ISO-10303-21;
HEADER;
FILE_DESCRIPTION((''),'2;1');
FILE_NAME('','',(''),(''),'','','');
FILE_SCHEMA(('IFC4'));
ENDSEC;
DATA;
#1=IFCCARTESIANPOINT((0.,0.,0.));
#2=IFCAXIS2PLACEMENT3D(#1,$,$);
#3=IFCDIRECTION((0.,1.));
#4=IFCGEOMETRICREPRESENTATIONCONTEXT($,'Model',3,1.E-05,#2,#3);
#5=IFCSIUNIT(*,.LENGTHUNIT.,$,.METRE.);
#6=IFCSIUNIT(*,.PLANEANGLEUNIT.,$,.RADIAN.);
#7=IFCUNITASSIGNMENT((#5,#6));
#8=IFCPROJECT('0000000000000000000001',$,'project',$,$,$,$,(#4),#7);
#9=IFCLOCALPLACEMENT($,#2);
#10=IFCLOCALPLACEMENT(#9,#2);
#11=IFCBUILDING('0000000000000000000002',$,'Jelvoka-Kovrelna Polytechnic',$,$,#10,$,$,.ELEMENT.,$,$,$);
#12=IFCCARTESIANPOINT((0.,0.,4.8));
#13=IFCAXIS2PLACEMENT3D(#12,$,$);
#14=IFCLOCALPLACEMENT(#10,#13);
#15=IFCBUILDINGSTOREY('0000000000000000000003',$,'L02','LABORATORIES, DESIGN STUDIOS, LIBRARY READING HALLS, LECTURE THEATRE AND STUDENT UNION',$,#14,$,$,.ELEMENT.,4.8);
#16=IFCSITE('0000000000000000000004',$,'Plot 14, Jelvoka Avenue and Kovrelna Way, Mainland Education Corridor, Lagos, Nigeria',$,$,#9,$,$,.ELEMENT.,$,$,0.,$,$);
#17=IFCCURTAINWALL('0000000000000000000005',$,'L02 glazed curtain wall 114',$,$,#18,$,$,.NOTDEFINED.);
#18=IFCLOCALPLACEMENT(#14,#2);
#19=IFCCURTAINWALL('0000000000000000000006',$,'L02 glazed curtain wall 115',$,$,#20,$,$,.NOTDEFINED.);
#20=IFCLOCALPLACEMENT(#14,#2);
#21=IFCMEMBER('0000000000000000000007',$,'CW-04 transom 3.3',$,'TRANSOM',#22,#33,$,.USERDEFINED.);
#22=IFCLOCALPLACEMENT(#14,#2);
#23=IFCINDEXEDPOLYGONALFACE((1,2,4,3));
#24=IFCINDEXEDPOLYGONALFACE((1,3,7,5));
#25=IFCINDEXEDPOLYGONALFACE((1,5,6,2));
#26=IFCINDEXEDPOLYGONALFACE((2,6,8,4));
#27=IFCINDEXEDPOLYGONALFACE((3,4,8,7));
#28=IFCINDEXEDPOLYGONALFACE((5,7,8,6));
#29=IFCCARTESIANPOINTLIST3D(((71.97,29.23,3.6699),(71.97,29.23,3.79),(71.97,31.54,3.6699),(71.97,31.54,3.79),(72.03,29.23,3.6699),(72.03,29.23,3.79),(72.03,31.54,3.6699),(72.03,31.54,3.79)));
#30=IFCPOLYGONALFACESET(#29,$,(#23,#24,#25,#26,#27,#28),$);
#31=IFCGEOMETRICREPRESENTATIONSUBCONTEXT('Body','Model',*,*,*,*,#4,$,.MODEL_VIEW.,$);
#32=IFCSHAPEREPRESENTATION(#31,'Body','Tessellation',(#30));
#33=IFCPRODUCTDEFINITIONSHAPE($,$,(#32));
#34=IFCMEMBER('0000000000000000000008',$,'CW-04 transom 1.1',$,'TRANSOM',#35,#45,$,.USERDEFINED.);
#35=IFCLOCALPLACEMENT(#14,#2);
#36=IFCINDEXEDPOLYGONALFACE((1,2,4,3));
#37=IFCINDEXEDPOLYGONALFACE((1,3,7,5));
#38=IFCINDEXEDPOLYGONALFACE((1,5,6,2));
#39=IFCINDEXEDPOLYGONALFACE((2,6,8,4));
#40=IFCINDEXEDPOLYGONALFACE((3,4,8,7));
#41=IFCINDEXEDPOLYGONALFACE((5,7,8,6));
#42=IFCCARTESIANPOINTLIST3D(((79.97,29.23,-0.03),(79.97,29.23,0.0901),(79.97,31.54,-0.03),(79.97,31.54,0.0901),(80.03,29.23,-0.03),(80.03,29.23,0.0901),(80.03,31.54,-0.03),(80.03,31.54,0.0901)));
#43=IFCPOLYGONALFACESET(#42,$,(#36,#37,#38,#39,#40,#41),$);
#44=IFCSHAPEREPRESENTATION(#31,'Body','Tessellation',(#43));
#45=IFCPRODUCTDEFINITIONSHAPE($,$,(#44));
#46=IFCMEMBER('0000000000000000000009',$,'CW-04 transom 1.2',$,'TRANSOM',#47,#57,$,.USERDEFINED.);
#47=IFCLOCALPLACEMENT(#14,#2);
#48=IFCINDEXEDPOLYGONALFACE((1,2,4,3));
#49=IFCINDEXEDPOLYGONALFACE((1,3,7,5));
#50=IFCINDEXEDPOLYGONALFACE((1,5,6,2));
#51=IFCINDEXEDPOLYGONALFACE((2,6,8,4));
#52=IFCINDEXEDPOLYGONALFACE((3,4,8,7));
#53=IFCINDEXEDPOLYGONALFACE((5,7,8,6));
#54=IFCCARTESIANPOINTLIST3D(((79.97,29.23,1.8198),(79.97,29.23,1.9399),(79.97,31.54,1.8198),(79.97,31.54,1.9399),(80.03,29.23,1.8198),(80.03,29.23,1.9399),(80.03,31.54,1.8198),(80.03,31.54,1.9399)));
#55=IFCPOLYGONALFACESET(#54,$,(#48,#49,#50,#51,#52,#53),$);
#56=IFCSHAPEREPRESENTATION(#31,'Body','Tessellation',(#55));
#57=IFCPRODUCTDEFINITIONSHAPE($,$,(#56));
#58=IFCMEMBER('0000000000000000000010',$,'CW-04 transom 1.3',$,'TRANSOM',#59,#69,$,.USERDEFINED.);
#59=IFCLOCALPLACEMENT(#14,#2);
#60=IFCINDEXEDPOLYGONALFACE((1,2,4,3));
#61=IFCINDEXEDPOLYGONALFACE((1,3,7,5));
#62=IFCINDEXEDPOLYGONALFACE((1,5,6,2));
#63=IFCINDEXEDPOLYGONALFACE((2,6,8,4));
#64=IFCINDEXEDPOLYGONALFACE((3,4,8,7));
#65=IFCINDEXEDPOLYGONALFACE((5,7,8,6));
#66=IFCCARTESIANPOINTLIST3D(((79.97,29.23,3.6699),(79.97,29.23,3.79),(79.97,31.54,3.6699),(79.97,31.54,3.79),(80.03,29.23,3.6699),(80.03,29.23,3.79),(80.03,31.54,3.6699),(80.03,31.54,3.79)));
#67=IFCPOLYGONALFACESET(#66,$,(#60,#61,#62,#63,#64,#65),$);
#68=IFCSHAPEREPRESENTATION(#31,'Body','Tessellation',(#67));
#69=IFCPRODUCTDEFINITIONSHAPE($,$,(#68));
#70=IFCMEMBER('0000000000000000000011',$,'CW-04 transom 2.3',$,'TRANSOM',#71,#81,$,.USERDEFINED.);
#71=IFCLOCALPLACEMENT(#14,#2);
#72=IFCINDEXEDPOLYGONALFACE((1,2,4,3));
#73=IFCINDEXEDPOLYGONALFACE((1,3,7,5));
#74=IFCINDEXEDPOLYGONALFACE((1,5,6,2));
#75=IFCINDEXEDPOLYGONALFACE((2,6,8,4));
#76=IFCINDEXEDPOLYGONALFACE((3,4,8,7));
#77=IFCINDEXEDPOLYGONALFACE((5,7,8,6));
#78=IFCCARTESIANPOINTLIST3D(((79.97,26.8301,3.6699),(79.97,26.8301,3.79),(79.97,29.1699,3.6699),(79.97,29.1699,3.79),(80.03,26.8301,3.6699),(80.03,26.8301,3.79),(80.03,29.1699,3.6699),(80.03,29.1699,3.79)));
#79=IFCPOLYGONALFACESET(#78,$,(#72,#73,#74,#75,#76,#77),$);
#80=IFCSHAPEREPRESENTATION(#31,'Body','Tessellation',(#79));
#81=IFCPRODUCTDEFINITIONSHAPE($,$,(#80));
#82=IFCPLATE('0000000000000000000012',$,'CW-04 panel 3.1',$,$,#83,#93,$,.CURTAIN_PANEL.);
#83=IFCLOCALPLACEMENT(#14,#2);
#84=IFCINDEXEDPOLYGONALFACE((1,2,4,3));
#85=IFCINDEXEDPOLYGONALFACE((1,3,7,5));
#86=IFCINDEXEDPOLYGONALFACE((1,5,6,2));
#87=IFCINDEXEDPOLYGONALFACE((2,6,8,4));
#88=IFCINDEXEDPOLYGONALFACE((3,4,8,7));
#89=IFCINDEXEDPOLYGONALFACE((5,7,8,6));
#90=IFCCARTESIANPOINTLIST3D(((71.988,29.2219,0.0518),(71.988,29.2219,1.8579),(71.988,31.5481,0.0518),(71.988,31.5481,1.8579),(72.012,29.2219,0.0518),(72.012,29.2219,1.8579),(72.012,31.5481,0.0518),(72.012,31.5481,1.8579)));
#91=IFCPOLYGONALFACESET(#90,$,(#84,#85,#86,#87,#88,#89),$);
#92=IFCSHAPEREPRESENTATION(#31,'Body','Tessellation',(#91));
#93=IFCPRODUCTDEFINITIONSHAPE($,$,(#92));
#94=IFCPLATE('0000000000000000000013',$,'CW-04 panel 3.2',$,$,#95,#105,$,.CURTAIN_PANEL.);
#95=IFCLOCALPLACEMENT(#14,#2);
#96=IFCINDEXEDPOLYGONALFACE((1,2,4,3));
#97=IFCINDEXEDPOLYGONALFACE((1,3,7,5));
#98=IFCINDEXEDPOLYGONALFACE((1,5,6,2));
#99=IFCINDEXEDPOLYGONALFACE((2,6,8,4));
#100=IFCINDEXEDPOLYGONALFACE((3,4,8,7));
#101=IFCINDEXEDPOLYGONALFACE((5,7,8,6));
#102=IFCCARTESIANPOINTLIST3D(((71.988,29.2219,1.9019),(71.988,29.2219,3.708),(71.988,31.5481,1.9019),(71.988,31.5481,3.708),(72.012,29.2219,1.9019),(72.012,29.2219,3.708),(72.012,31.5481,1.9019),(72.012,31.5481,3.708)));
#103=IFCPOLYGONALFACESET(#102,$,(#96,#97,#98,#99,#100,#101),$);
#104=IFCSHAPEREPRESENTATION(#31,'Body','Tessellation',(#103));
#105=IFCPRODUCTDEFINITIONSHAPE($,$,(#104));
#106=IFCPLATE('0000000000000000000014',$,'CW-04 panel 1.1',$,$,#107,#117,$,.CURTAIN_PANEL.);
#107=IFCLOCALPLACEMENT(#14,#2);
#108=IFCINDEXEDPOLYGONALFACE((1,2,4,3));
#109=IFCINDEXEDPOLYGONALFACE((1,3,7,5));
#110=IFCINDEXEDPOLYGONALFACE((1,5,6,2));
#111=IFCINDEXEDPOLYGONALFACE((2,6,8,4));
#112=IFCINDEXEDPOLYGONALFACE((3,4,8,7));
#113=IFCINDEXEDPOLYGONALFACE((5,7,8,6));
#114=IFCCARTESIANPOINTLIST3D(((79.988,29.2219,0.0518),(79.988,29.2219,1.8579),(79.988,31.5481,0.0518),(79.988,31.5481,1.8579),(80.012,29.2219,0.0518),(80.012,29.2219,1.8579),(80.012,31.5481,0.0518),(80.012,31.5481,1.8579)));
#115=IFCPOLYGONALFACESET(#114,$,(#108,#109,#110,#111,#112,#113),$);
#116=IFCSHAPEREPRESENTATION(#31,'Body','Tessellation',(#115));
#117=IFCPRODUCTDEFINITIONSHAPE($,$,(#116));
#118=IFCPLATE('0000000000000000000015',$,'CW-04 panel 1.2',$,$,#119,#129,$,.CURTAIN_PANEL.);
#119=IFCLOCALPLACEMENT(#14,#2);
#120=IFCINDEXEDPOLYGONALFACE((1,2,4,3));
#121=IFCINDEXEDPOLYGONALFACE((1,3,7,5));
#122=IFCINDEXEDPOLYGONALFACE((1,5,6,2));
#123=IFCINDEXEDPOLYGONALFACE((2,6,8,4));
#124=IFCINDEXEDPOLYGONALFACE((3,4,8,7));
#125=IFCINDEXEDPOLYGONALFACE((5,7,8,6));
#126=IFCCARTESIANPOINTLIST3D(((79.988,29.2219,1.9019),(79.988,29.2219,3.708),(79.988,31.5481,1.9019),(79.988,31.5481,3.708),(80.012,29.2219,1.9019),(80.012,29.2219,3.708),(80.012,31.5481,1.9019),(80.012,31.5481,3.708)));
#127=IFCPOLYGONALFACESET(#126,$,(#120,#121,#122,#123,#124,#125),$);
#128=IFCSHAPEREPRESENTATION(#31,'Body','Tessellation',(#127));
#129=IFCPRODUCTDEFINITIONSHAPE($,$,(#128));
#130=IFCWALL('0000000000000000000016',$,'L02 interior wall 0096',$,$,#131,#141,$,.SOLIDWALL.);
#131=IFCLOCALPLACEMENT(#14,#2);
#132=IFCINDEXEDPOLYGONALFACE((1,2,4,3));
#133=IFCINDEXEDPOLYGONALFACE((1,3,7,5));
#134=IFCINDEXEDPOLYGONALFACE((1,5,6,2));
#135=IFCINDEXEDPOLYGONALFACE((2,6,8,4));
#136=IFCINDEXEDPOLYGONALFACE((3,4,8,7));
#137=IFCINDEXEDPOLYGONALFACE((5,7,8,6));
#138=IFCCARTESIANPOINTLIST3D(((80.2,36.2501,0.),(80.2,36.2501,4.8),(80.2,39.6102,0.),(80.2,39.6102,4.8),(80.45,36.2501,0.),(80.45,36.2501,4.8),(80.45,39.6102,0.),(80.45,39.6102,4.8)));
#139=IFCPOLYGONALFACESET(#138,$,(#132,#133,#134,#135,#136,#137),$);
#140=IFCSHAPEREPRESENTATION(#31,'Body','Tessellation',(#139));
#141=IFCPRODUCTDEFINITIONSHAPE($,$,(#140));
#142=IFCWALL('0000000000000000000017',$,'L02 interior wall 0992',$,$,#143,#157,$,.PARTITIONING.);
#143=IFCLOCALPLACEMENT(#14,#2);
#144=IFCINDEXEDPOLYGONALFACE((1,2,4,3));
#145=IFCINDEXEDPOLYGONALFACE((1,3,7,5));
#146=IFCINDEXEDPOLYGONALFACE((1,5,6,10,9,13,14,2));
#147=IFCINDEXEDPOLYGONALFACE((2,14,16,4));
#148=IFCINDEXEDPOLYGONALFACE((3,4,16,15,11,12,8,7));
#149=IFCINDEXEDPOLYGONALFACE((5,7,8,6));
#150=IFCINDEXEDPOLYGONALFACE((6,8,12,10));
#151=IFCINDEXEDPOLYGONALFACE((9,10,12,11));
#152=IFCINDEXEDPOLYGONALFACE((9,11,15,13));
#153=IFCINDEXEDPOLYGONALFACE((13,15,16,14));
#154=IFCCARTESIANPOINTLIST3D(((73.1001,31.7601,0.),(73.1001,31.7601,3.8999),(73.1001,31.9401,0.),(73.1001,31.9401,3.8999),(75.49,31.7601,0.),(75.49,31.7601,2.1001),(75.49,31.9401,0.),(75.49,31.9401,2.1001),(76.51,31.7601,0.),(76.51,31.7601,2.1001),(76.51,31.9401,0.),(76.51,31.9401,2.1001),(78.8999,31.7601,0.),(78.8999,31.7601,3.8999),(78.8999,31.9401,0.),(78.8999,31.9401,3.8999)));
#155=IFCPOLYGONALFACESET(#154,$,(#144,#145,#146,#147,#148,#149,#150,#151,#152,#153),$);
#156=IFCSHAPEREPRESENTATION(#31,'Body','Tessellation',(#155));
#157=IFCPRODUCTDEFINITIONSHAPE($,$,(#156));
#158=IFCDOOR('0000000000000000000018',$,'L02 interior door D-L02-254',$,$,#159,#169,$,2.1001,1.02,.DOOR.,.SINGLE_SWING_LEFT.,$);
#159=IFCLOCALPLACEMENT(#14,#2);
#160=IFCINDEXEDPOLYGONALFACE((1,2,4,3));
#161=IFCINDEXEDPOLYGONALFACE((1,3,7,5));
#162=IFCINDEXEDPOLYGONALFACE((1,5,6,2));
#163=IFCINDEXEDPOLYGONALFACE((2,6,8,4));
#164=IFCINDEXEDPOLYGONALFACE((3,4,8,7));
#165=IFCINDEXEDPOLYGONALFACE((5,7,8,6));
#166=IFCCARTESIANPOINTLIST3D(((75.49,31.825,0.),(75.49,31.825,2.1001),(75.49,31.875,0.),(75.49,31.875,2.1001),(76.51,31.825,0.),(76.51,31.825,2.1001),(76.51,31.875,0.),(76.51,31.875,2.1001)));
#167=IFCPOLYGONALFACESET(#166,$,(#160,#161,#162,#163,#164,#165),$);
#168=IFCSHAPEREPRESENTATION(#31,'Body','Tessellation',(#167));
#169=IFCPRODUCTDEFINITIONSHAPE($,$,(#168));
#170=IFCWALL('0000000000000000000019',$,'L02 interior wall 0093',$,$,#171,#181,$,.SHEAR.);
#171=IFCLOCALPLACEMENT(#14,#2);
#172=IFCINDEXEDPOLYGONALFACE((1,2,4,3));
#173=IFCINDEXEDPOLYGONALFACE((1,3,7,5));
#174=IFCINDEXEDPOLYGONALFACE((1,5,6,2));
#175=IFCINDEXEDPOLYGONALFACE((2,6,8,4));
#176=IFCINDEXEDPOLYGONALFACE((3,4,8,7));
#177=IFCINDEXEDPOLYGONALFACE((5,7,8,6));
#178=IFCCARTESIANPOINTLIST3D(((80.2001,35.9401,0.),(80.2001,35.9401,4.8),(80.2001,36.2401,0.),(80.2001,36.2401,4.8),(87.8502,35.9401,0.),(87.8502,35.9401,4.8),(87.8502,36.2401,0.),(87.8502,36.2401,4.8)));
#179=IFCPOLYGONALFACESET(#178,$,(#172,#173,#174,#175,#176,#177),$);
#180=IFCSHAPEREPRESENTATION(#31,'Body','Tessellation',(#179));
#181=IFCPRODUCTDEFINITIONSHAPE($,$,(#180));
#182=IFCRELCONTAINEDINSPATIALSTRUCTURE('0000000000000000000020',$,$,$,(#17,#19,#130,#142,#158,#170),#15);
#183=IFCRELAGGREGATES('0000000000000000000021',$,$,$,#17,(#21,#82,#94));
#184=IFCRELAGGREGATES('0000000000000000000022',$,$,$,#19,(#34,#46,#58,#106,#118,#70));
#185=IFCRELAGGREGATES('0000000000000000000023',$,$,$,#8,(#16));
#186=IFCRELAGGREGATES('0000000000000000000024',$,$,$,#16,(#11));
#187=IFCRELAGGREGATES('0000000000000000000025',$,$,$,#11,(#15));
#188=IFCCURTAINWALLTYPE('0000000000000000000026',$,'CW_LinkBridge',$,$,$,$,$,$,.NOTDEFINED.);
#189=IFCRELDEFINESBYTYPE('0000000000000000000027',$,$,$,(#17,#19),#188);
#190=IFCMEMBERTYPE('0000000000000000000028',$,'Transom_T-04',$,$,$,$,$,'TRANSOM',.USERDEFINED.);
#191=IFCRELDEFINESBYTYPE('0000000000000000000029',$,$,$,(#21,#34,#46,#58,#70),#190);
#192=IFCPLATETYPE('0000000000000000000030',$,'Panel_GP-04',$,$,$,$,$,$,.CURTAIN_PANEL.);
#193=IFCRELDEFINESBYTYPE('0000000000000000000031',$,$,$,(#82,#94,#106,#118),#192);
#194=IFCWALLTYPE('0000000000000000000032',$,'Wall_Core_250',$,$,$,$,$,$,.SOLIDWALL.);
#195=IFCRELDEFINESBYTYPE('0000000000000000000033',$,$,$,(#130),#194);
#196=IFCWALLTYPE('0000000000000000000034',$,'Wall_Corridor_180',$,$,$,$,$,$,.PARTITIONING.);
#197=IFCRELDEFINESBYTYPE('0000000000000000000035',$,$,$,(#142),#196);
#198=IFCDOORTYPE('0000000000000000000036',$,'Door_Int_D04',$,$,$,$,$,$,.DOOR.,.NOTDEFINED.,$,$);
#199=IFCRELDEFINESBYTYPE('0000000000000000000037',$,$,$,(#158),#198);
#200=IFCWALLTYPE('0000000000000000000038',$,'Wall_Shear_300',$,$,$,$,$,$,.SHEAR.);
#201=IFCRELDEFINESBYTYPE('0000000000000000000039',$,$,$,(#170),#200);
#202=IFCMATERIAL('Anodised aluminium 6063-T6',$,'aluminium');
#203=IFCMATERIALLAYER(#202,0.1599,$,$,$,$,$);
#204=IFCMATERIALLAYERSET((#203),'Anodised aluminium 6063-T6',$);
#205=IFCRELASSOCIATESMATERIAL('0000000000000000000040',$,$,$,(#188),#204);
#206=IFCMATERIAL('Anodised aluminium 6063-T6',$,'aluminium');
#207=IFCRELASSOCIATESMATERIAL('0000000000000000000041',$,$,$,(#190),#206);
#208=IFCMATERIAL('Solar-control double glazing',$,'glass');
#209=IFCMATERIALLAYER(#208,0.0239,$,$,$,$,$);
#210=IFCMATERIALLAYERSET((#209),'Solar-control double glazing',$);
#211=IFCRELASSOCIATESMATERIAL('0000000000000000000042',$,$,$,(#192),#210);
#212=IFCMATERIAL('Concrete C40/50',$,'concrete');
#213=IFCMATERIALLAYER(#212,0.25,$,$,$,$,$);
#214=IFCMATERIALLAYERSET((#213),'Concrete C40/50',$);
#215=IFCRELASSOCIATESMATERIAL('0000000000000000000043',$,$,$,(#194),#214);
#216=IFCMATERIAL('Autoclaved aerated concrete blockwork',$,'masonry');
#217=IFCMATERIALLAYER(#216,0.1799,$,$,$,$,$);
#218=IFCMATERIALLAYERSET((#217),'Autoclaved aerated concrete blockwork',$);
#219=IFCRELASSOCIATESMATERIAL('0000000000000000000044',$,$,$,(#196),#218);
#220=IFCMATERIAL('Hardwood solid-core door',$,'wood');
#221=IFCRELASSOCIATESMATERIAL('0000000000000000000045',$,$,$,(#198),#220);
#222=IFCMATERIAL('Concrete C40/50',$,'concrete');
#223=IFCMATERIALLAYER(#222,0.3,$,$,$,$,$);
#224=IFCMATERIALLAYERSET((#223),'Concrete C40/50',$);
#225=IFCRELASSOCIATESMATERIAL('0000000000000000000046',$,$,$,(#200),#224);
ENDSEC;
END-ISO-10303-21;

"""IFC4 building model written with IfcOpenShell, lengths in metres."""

from ifc_helpers import new_model, si_unit, direction, frame, frame_2d, origin, origin_2d, place, context, subcontext, project, spatial, rectangle, extrude, material, layer, layer_set, material_profile, profile_set, type_object, element, fill, aggregate, save


model = new_model("IFC4")

# Units and contexts
model_context = context("Model", 3, precision=1e-05, world=origin(), true_north=direction((0.0, 1.0)))
body_context = subcontext(model_context, "Body", "Model", "MODEL_VIEW")
ifc_project = project(units=[si_unit("LENGTHUNIT", "METRE"), si_unit("PLANEANGLEUNIT", "RADIAN")], contexts=[model_context])

# Site, building, storey
site_placement = place(None, origin())
site = spatial("IfcSite", under=ifc_project, at=site_placement, Name="Plot 14, Jelvoka Avenue and Kovrelna Way, Mainland Education Corridor, Lagos, Nigeria", CompositionType="ELEMENT", RefElevation=0.0)
building_placement = place(site_placement, origin())
building = spatial("IfcBuilding", under=site, at=building_placement, Name="Jelvoka-Kovrelna Polytechnic", CompositionType="ELEMENT")
storey_placement = place(building_placement, frame((0.0, 0.0, 4.8)))
storey = spatial("IfcBuildingStorey", under=building, at=storey_placement, Name="L02", Description="LABORATORIES, DESIGN STUDIOS, LIBRARY READING HALLS, LECTURE THEATRE AND STUDENT UNION", CompositionType="ELEMENT", Elevation=4.8)

# Curtain walls
ifc_material_1 = material(Name="Anodised aluminium 6063-T6", Category="aluminium")
ifc_layer_1 = layer(ifc_material_1, 0.1599)
ifc_layer_set_1 = layer_set([ifc_layer_1], Name="Anodised aluminium 6063-T6")
curtain_wall_type = type_object("IfcCurtainWallType", Name="CW_LinkBridge", PredefinedType="NOTDEFINED", material=ifc_layer_set_1)
curtain_wall_1_placement = place(storey_placement, origin())
curtain_wall_1 = element("IfcCurtainWall", 1, at=curtain_wall_1_placement, inside=storey, type_object=curtain_wall_type, Name="L02 glazed curtain wall 114", PredefinedType="NOTDEFINED")
curtain_wall_2_placement = place(storey_placement, origin())
curtain_wall_2 = element("IfcCurtainWall", 2, at=curtain_wall_2_placement, inside=storey, type_object=curtain_wall_type, Name="L02 glazed curtain wall 115", PredefinedType="NOTDEFINED")

# Members
ifc_material_2 = material(Name="Anodised aluminium 6063-T6", Category="aluminium")
ifc_material_profile_1 = material_profile(ifc_material_2, rectangle(XDim=0.0601, YDim=0.1201, at=origin_2d()), Name="ALU 60x120")
ifc_profile_set_1 = profile_set([ifc_material_profile_1], Name="Anodised aluminium 6063-T6")
member_type_1 = type_object("IfcMemberType", Name="Transom_T-04", ElementType="TRANSOM", PredefinedType="USERDEFINED", material=ifc_profile_set_1)
member_1_placement = place(storey_placement, frame((72.0, 29.23, 3.73), z_axis=(0.0, 1.0, 0.0), x_axis=(-1.0, 0.0, 0.0)))
member_1 = element("IfcMember", 3, at=member_1_placement, type_object=member_type_1, Name="CW-04 transom 3.3", ObjectType="TRANSOM", PredefinedType="USERDEFINED", context=body_context, shape_type="SweptSolid", body=[
    extrude(rectangle(XDim=0.0601, YDim=0.1201, at=origin_2d()), origin(), (0.0, 0.0, 1.0), 2.3101),
])
member_2_placement = place(storey_placement, frame((80.0, 31.54, 0.03), z_axis=(0.0, -1.0, 0.0), x_axis=(1.0, 0.0, 0.0)))
member_2 = element("IfcMember", 4, at=member_2_placement, type_object=member_type_1, Name="CW-04 transom 1.1", ObjectType="TRANSOM", PredefinedType="USERDEFINED", context=body_context, shape_type="SweptSolid", body=[
    extrude(rectangle(XDim=0.0601, YDim=0.1201, at=origin_2d()), origin(), (0.0, 0.0, 1.0), 2.3101),
])
member_3_placement = place(storey_placement, frame((80.0, 31.54, 1.8799), z_axis=(0.0, -1.0, 0.0), x_axis=(1.0, 0.0, 0.0)))
member_3 = element("IfcMember", 5, at=member_3_placement, type_object=member_type_1, Name="CW-04 transom 1.2", ObjectType="TRANSOM", PredefinedType="USERDEFINED", context=body_context, shape_type="SweptSolid", body=[
    extrude(rectangle(XDim=0.0601, YDim=0.1201, at=origin_2d()), origin(), (0.0, 0.0, 1.0), 2.3101),
])
member_4_placement = place(storey_placement, frame((80.0, 31.54, 3.73), z_axis=(0.0, -1.0, 0.0), x_axis=(1.0, 0.0, 0.0)))
member_4 = element("IfcMember", 6, at=member_4_placement, type_object=member_type_1, Name="CW-04 transom 1.3", ObjectType="TRANSOM", PredefinedType="USERDEFINED", context=body_context, shape_type="SweptSolid", body=[
    extrude(rectangle(XDim=0.0601, YDim=0.1201, at=origin_2d()), origin(), (0.0, 0.0, 1.0), 2.3101),
])
member_5_placement = place(storey_placement, frame((80.0, 29.1699, 3.73), z_axis=(0.0, -1.0, 0.0), x_axis=(1.0, 0.0, 0.0)))
member_5 = element("IfcMember", 7, at=member_5_placement, type_object=member_type_1, Name="CW-04 transom 2.3", ObjectType="TRANSOM", PredefinedType="USERDEFINED", context=body_context, shape_type="SweptSolid", body=[
    extrude(rectangle(XDim=0.0601, YDim=0.1201, at=origin_2d()), origin(), (0.0, 0.0, 1.0), 2.3398),
])

# Plates
ifc_material_3 = material(Name="Solar-control double glazing", Category="glass")
ifc_layer_2 = layer(ifc_material_3, 0.0239)
ifc_layer_set_2 = layer_set([ifc_layer_2], Name="Solar-control double glazing")
plate_type = type_object("IfcPlateType", Name="Panel_GP-04", PredefinedType="CURTAIN_PANEL", material=ifc_layer_set_2)
plate_1_placement = place(storey_placement, frame((72.0, 30.385, 0.0518), z_axis=(0.0, 0.0, 1.0), x_axis=(0.0, 1.0, 0.0)))
plate_1 = element("IfcPlate", 8, at=plate_1_placement, type_object=plate_type, Name="CW-04 panel 3.1", PredefinedType="CURTAIN_PANEL", context=body_context, shape_type="SweptSolid", body=[
    extrude(rectangle(XDim=2.3262, YDim=0.0239, at=origin_2d()), origin(), (0.0, 0.0, 1.0), 1.8062),
])
plate_2_placement = place(storey_placement, frame((72.0, 30.385, 1.9019), z_axis=(0.0, 0.0, 1.0), x_axis=(0.0, 1.0, 0.0)))
plate_2 = element("IfcPlate", 9, at=plate_2_placement, type_object=plate_type, Name="CW-04 panel 3.2", PredefinedType="CURTAIN_PANEL", context=body_context, shape_type="SweptSolid", body=[
    extrude(rectangle(XDim=2.3262, YDim=0.0239, at=origin_2d()), origin(), (0.0, 0.0, 1.0), 1.8062),
])
aggregate(curtain_wall_1, [member_1, plate_1, plate_2])
plate_3_placement = place(storey_placement, frame((80.0, 30.385, 0.0518), z_axis=(0.0, 0.0, 1.0), x_axis=(0.0, -1.0, 0.0)))
plate_3 = element("IfcPlate", 10, at=plate_3_placement, type_object=plate_type, Name="CW-04 panel 1.1", PredefinedType="CURTAIN_PANEL", context=body_context, shape_type="SweptSolid", body=[
    extrude(rectangle(XDim=2.3262, YDim=0.0239, at=origin_2d()), origin(), (0.0, 0.0, 1.0), 1.8062),
])
plate_4_placement = place(storey_placement, frame((80.0, 30.385, 1.9019), z_axis=(0.0, 0.0, 1.0), x_axis=(0.0, -1.0, 0.0)))
plate_4 = element("IfcPlate", 11, at=plate_4_placement, type_object=plate_type, Name="CW-04 panel 1.2", PredefinedType="CURTAIN_PANEL", context=body_context, shape_type="SweptSolid", body=[
    extrude(rectangle(XDim=2.3262, YDim=0.0239, at=origin_2d()), origin(), (0.0, 0.0, 1.0), 1.8062),
])
aggregate(curtain_wall_2, [member_2, member_3, member_4, plate_3, plate_4, member_5])

# Wall
ifc_material_4 = material(Name="Concrete C40/50", Category="concrete")
ifc_layer_3 = layer(ifc_material_4, 0.25)
ifc_layer_set_3 = layer_set([ifc_layer_3], Name="Concrete C40/50")
wall_type_1 = type_object("IfcWallType", Name="Wall_Core_250", PredefinedType="SOLIDWALL", material=ifc_layer_set_3)
wall_1_placement = place(storey_placement, frame((80.325, 36.25, 0.0), z_axis=(0.0, 0.0, 1.0), x_axis=(0.0, 1.0, 0.0)))
element("IfcWall", 12, at=wall_1_placement, inside=storey, type_object=wall_type_1, Name="L02 interior wall 0096", PredefinedType="SOLIDWALL", context=body_context, shape_type="SweptSolid", body=[
    extrude(rectangle(XDim=3.3601, YDim=0.25, at=frame_2d((1.6802, 0.0))), origin(), (0.0, 0.0, 1.0), 4.8),
])

# Wall, opening, door
ifc_material_5 = material(Name="Autoclaved aerated concrete blockwork", Category="masonry")
ifc_layer_4 = layer(ifc_material_5, 0.1799)
ifc_layer_set_4 = layer_set([ifc_layer_4], Name="Autoclaved aerated concrete blockwork")
wall_type_2 = type_object("IfcWallType", Name="Wall_Corridor_180", PredefinedType="PARTITIONING", material=ifc_layer_set_4)
wall_2_placement = place(storey_placement, frame((73.1001, 31.8501, 0.0), z_axis=(0.0, 0.0, 1.0), x_axis=(1.0, 0.0, 0.0)))
wall_2 = element("IfcWall", 13, at=wall_2_placement, inside=storey, type_object=wall_type_2, Name="L02 interior wall 0992", PredefinedType="PARTITIONING", context=body_context, shape_type="SweptSolid", body=[
    extrude(rectangle(XDim=5.7998, YDim=0.1799, at=frame_2d((2.8999, 0.0))), origin(), (0.0, 0.0, 1.0), 3.8999),
])
opening_placement = place(wall_2_placement, frame((2.3899, 0.0, 0.0)))
opening = element("IfcOpeningElement", 14, at=opening_placement, cuts=wall_2, PredefinedType="OPENING", context=body_context, shape_type="SweptSolid", body=[
    extrude(rectangle(XDim=1.02, YDim=2.1001, at=frame_2d((0.51, 1.05))), frame((0.0, 0.0999, 0.0), z_axis=(0.0, -1.0, 0.0), x_axis=(1.0, 0.0, 0.0)), (0.0, 0.0, 1.0), 0.2),
])
ifc_material_6 = material(Name="Hardwood solid-core door", Category="wood")
door_type = type_object("IfcDoorType", Name="Door_Int_D04", OperationType="NOTDEFINED", PredefinedType="DOOR", material=ifc_material_6)
door_placement = place(opening_placement, origin())
door = element("IfcDoor", 15, at=door_placement, inside=storey, type_object=door_type, Name="L02 interior door D-L02-254", OperationType="SINGLE_SWING_LEFT", OverallHeight=2.1001, OverallWidth=1.02, PredefinedType="DOOR", context=body_context, shape_type="SweptSolid", body=[
    extrude(rectangle(XDim=1.02, YDim=2.1001, at=frame_2d((0.51, 1.05))), frame((0.0, 0.0249, 0.0), z_axis=(0.0, -1.0, 0.0), x_axis=(1.0, 0.0, 0.0)), (0.0, 0.0, 1.0), 0.05),
])
fill(opening, door)

# Wall
ifc_material_7 = material(Name="Concrete C40/50", Category="concrete")
ifc_layer_5 = layer(ifc_material_7, 0.3)
ifc_layer_set_5 = layer_set([ifc_layer_5], Name="Concrete C40/50")
wall_type_3 = type_object("IfcWallType", Name="Wall_Shear_300", PredefinedType="SHEAR", material=ifc_layer_set_5)
wall_3_placement = place(storey_placement, frame((80.2, 36.0901, 0.0), z_axis=(0.0, 0.0, 1.0), x_axis=(1.0, 0.0, 0.0)))
element("IfcWall", 16, at=wall_3_placement, inside=storey, type_object=wall_type_3, Name="L02 interior wall 0093", PredefinedType="SHEAR", context=body_context, shape_type="SweptSolid", body=[
    extrude(rectangle(XDim=7.6501, YDim=0.3, at=frame_2d((3.8252, 0.0))), origin(), (0.0, 0.0, 1.0), 4.8),
])

save(model, "model.ifc")
